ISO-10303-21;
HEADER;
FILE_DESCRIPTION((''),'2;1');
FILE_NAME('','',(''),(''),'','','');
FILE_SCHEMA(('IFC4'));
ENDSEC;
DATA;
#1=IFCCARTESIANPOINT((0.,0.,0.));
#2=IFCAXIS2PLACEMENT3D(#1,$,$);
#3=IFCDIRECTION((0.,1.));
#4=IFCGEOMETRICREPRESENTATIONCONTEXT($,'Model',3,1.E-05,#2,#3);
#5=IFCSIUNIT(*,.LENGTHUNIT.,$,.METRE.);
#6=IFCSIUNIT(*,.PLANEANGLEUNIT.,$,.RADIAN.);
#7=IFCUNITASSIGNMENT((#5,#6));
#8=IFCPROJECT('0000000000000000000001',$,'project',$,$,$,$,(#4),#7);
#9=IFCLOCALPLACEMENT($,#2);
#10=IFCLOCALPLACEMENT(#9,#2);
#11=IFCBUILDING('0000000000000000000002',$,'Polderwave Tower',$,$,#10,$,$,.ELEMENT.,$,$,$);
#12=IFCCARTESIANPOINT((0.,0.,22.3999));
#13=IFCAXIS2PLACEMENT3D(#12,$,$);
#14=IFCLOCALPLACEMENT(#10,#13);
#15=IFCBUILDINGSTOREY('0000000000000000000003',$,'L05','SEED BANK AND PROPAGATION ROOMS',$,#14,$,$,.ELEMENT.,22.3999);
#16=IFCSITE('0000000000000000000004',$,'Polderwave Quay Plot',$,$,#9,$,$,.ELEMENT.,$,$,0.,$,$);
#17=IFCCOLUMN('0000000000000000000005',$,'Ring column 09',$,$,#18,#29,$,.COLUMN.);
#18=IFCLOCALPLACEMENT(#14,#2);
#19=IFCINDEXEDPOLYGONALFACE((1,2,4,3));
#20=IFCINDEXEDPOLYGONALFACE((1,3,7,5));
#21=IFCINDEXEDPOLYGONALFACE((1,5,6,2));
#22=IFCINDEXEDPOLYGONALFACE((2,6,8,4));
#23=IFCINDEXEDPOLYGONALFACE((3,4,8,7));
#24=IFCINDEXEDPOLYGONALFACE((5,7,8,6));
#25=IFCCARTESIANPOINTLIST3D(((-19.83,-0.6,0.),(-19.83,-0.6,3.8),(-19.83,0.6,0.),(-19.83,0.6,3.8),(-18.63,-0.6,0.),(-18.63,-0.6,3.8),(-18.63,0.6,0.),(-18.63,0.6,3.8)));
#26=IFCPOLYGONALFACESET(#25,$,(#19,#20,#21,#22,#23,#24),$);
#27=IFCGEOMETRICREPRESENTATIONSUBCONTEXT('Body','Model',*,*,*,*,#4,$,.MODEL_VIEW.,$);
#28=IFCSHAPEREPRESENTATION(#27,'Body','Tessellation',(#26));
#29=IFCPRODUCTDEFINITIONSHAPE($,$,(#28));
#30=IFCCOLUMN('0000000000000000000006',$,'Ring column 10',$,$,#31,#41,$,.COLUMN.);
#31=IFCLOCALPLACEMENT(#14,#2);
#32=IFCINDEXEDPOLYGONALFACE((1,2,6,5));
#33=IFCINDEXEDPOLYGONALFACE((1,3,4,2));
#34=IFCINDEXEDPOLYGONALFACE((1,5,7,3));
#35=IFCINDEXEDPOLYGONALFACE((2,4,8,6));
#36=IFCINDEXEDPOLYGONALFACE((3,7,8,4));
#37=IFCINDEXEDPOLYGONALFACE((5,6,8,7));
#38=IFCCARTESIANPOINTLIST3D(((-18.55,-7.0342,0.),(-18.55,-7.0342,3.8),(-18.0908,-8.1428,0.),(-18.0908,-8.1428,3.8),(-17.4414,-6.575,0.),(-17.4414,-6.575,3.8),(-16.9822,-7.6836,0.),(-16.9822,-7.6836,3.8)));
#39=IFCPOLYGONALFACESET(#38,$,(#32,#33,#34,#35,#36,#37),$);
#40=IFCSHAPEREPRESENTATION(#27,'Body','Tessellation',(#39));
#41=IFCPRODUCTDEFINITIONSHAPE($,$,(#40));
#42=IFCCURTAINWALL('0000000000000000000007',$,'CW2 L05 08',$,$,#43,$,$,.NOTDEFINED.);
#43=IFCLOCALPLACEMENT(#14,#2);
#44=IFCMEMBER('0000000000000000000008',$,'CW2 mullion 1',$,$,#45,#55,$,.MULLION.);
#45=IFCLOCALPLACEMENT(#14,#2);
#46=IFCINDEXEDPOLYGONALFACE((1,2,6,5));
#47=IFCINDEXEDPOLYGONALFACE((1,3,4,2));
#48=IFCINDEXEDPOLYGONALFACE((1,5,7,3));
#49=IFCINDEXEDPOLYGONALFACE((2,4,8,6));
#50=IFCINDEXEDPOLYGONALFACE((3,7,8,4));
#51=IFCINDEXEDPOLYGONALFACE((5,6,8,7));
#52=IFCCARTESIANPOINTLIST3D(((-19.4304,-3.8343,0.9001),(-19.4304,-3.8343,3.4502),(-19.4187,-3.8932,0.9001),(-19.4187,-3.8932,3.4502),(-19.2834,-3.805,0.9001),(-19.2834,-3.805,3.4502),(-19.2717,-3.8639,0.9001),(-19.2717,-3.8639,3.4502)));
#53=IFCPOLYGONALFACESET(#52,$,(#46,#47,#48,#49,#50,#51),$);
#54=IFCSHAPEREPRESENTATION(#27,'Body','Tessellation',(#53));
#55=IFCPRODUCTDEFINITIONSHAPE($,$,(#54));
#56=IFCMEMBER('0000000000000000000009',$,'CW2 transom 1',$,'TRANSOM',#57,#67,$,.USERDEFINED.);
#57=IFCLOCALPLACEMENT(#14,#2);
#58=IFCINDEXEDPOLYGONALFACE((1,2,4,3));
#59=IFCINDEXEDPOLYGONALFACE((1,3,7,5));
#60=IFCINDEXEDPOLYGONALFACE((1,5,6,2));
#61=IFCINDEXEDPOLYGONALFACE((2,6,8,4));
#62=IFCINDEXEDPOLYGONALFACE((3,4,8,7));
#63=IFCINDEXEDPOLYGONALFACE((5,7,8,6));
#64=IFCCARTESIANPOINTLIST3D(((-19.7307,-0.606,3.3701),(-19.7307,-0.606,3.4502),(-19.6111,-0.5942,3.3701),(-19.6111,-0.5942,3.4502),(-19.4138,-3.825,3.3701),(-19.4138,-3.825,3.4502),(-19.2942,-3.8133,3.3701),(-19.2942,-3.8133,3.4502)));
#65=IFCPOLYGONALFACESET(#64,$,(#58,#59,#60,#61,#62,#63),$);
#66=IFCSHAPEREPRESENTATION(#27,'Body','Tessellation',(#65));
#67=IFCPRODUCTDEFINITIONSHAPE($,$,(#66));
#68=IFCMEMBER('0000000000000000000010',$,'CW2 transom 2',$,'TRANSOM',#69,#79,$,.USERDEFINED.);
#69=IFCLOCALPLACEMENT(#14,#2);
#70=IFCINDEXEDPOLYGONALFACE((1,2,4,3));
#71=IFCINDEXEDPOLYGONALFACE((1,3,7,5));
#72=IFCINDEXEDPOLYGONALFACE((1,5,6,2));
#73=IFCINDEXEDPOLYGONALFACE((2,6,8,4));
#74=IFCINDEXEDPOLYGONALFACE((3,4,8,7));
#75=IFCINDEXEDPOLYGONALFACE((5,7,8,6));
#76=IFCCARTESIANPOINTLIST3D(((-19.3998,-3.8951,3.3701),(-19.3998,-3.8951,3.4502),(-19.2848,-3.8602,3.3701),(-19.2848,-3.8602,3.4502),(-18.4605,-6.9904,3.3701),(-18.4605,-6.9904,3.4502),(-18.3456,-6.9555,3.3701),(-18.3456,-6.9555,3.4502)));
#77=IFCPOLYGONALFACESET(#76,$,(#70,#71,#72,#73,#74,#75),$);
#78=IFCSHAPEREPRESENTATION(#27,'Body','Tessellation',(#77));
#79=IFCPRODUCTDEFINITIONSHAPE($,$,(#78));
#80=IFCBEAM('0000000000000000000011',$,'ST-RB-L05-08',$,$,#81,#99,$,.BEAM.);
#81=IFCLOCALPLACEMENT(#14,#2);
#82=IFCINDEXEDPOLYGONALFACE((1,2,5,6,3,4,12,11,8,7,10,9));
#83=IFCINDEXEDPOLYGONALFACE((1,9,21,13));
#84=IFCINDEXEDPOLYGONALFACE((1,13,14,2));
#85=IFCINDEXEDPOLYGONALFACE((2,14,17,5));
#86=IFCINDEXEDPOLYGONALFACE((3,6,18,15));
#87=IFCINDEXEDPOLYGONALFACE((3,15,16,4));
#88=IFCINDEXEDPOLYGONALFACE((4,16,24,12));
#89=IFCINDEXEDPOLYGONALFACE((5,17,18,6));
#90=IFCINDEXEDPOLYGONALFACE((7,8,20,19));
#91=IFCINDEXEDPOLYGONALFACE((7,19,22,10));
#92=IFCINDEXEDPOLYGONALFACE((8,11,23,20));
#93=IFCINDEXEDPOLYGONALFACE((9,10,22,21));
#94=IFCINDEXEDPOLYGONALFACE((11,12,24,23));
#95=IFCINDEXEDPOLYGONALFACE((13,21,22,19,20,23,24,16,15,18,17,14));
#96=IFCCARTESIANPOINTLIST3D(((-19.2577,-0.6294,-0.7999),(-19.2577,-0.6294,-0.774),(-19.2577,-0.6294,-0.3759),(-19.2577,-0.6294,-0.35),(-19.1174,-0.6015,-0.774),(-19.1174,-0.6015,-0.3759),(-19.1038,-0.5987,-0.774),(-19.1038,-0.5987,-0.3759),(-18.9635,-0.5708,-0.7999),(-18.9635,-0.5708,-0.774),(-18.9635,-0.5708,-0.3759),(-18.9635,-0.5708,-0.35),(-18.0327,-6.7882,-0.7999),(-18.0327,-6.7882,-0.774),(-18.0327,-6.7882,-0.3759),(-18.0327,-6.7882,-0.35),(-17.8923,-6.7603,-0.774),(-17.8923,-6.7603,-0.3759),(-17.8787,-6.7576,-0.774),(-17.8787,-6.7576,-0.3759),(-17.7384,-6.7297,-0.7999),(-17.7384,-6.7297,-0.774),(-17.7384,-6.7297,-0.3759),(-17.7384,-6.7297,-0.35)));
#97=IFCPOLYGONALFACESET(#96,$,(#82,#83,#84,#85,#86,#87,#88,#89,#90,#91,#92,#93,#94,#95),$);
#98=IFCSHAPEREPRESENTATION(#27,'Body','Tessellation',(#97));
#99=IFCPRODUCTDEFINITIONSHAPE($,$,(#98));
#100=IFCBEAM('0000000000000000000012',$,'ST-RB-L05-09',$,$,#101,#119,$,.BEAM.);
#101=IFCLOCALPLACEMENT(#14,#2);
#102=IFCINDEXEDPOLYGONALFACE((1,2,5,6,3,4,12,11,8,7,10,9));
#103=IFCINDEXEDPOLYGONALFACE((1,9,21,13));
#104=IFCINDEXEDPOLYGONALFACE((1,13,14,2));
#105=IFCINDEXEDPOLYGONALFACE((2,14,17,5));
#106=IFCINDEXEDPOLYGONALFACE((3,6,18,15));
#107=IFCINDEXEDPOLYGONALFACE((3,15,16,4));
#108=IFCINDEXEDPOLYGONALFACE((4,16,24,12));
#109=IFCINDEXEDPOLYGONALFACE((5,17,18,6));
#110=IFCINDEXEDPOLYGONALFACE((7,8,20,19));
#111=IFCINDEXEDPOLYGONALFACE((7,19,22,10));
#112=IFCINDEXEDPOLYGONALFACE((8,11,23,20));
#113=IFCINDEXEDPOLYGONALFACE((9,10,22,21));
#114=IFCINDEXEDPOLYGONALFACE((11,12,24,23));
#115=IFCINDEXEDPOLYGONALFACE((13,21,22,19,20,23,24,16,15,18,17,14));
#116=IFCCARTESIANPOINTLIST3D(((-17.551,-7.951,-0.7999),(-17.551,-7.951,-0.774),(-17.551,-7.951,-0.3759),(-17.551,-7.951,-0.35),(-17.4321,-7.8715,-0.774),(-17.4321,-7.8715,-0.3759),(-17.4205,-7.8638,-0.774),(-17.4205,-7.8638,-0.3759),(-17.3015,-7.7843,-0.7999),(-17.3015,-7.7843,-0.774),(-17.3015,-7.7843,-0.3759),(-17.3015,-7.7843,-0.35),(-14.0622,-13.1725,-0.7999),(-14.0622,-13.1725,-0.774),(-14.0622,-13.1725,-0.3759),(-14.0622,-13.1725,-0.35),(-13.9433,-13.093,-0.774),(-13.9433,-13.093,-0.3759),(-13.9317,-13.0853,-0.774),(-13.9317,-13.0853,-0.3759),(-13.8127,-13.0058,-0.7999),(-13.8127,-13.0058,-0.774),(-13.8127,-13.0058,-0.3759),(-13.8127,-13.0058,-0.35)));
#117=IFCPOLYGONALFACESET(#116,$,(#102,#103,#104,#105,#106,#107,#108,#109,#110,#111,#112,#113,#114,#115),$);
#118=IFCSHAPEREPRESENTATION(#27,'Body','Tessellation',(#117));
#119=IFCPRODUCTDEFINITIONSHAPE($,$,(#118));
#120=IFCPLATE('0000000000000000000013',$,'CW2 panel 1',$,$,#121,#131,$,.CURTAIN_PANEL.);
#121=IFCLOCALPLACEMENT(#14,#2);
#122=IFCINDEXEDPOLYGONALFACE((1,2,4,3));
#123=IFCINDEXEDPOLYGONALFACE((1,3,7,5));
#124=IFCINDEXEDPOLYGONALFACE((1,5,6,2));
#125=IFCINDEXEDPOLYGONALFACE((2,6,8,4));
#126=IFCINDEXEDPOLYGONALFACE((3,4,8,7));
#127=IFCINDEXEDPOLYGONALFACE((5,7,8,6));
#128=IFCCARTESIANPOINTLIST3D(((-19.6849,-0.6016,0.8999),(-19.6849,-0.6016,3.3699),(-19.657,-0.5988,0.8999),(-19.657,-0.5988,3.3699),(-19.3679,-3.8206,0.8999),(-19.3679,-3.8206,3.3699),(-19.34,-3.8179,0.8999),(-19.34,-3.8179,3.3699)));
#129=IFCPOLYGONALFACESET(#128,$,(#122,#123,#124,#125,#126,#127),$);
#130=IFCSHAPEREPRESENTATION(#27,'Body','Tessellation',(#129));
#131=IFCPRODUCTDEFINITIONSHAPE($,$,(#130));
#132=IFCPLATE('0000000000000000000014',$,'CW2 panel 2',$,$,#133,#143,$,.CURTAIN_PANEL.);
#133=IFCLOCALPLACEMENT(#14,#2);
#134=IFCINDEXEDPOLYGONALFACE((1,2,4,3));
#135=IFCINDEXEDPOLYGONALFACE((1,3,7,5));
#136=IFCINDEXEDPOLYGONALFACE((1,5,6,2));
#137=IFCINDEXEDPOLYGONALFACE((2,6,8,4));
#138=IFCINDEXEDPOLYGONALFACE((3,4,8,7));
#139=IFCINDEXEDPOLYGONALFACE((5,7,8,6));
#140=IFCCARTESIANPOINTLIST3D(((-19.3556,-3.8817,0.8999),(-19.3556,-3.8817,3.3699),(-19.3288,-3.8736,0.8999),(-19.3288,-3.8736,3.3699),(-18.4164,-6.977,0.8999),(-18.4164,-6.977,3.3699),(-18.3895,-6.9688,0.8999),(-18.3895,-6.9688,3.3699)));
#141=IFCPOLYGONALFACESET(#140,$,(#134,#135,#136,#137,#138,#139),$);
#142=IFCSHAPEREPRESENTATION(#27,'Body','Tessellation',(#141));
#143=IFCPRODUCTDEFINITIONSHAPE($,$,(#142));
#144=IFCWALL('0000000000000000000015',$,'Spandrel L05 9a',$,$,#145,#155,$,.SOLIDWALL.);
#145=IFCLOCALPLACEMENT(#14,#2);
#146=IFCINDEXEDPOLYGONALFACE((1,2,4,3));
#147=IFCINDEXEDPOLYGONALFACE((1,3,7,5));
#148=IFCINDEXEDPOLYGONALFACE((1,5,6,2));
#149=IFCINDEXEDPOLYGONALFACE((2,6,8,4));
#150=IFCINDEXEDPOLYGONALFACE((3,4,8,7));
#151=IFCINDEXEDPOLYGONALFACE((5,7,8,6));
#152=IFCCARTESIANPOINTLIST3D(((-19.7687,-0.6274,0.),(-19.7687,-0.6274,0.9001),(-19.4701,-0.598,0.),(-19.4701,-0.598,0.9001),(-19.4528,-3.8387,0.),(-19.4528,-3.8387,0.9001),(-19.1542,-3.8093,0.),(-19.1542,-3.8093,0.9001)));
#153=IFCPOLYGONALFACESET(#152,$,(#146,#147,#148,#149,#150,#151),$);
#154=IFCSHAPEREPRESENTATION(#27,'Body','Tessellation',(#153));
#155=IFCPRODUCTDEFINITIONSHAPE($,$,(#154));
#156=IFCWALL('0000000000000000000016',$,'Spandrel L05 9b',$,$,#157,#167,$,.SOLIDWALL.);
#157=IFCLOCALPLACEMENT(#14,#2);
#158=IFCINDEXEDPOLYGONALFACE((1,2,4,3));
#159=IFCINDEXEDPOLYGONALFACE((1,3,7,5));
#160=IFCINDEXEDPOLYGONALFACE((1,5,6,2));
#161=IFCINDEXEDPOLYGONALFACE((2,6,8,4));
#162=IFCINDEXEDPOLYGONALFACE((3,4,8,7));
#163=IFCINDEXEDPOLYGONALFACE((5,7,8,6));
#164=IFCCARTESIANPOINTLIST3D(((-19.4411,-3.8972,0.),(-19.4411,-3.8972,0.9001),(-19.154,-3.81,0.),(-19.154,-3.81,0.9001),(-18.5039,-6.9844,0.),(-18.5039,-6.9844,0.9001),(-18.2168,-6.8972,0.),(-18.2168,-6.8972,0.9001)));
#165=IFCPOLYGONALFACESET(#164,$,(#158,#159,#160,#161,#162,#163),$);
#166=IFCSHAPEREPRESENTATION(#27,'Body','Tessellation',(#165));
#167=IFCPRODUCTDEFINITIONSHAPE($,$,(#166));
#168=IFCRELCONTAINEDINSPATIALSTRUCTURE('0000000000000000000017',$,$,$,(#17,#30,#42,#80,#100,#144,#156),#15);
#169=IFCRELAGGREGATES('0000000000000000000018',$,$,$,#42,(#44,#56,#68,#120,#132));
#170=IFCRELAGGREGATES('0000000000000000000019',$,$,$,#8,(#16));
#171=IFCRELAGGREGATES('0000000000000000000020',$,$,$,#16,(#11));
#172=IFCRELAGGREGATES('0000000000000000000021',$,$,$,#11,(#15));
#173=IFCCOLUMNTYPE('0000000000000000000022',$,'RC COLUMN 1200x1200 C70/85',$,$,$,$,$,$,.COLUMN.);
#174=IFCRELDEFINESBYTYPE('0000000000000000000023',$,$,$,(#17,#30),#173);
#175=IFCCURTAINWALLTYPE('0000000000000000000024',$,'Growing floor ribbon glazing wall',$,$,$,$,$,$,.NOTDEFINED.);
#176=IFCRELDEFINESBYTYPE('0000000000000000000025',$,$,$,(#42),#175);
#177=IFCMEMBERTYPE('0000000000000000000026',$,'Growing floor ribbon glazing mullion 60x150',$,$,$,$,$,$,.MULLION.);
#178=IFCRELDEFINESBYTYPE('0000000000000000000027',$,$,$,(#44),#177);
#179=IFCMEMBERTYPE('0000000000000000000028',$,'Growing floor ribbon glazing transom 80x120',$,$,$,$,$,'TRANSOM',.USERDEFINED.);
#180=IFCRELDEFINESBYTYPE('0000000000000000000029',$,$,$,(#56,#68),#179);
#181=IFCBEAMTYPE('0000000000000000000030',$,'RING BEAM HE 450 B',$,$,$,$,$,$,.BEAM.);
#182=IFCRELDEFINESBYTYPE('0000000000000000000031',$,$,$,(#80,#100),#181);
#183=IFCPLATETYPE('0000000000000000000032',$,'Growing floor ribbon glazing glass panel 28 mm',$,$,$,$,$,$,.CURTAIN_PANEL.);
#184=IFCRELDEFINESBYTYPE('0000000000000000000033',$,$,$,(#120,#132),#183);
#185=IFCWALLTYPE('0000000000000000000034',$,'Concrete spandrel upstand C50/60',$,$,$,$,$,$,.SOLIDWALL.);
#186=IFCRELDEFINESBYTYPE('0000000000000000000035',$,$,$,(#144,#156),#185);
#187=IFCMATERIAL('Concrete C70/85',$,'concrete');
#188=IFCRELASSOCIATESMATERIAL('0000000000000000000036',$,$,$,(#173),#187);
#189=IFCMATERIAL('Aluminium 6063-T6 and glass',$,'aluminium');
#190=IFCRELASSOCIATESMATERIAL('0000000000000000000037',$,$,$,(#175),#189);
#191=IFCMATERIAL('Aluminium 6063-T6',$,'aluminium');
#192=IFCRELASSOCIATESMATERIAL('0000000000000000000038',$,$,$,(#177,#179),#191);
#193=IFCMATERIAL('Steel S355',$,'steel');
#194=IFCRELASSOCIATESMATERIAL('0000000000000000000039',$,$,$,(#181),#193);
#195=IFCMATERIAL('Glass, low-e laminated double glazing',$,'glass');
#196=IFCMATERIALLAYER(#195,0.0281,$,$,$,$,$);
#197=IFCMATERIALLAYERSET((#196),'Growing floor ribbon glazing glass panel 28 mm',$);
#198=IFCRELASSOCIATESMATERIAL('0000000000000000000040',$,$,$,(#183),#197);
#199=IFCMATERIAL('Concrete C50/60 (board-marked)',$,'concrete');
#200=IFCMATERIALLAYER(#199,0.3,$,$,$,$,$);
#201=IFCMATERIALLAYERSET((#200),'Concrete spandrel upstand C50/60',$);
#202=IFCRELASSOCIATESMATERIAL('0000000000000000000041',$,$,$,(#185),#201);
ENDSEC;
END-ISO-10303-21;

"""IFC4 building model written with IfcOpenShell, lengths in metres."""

from ifc_helpers import new_model, si_unit, direction, frame, frame_2d, origin, origin_2d, place, context, subcontext, project, spatial, rectangle, i_section, extrude, material, layer, layer_set, material_profile, profile_set, type_object, element, aggregate, save


model = new_model("IFC4")

# Units and contexts
model_context = context("Model", 3, precision=1e-05, world=origin(), true_north=direction((0.0, 1.0)))
body_context = subcontext(model_context, "Body", "Model", "MODEL_VIEW")
ifc_project = project(units=[si_unit("LENGTHUNIT", "METRE"), si_unit("PLANEANGLEUNIT", "RADIAN")], contexts=[model_context])

# Site, building, storey
site_placement = place(None, origin())
site = spatial("IfcSite", under=ifc_project, at=site_placement, Name="Polderwave Quay Plot", CompositionType="ELEMENT", RefElevation=0.0)
building_placement = place(site_placement, origin())
building = spatial("IfcBuilding", under=site, at=building_placement, Name="Polderwave Tower", CompositionType="ELEMENT")
storey_placement = place(building_placement, frame((0.0, 0.0, 22.3999)))
storey = spatial("IfcBuildingStorey", under=building, at=storey_placement, Name="L05", Description="SEED BANK AND PROPAGATION ROOMS", CompositionType="ELEMENT", Elevation=22.3999)

# Columns
ifc_material_1 = material(Name="Concrete C70/85", Category="concrete")
ifc_material_profile_1 = material_profile(ifc_material_1, rectangle(XDim=1.2, YDim=1.2, at=origin_2d()), Name="RC 1200x1200")
ifc_profile_set_1 = profile_set([ifc_material_profile_1], Name="Concrete C70/85")
column_type = type_object("IfcColumnType", Name="RC COLUMN 1200x1200 C70/85", PredefinedType="COLUMN", material=ifc_profile_set_1)
for number, where, z_axis, x_axis, name in (
    (1, (-19.23, 0.0, 0.0), (0.0, 0.0, 1.0), (-1.0, 0.0, 0.0), "Ring column 09"),
    (2, (-17.7661, -7.3589, 0.0), (0.0, 0.0, 1.0), (-0.92388, -0.382683, 0.0), "Ring column 10"),
):
    element("IfcColumn", number, at=place(storey_placement, frame(where, z_axis=z_axis, x_axis=x_axis)), inside=storey, type_object=column_type, Name=name, PredefinedType="COLUMN", context=body_context, shape_type="SweptSolid", body=[
        extrude(rectangle(XDim=1.2, YDim=1.2, at=origin_2d()), origin(), (0.0, 0.0, 1.0), 3.8),
    ])

# Curtain wall, members
ifc_material_2 = material(Name="Aluminium 6063-T6 and glass", Category="aluminium")
curtain_wall_type = type_object("IfcCurtainWallType", Name="Growing floor ribbon glazing wall", PredefinedType="NOTDEFINED", material=ifc_material_2)
curtain_wall_placement = place(storey_placement, origin())
curtain_wall = element("IfcCurtainWall", 3, at=curtain_wall_placement, inside=storey, type_object=curtain_wall_type, Name="CW2 L05 08", PredefinedType="NOTDEFINED")
ifc_material_3 = material(Name="Aluminium 6063-T6", Category="aluminium")
ifc_material_profile_2 = material_profile(ifc_material_3, rectangle(XDim=0.1499, YDim=0.0601, at=origin_2d()), Name="AL 60x150")
ifc_profile_set_2 = profile_set([ifc_material_profile_2], Name="Aluminium 6063-T6")
member_type_1 = type_object("IfcMemberType", Name="Growing floor ribbon glazing mullion 60x150", PredefinedType="MULLION", material=ifc_profile_set_2)
member_1_placement = place(storey_placement, frame((-19.3511, -3.8491, 0.9001), z_axis=(0.0, 0.0, 1.0), x_axis=(0.980775, 0.19514, 0.0)))
member_1 = element("IfcMember", 4, at=member_1_placement, type_object=member_type_1, Name="CW2 mullion 1", PredefinedType="MULLION", context=body_context, shape_type="SweptSolid", body=[
    extrude(rectangle(XDim=0.1499, YDim=0.0601, at=origin_2d()), origin(), (0.0, 0.0, 1.0), 2.55),
])
ifc_material_profile_3 = material_profile(ifc_material_3, rectangle(XDim=0.1201, YDim=0.0801, at=origin_2d()), Name="AL 80x120")
ifc_profile_set_3 = profile_set([ifc_material_profile_3], Name="Aluminium 6063-T6")
member_type_2 = type_object("IfcMemberType", Name="Growing floor ribbon glazing transom 80x120", ElementType="TRANSOM", PredefinedType="USERDEFINED", material=ifc_profile_set_3)
member_2_placement = place(storey_placement, frame((-19.6709, -0.6001, 3.4102), z_axis=(0.097972, -0.995189, 0.0), x_axis=(0.995189, 0.097972, 0.0)))
member_2 = element("IfcMember", 5, at=member_2_placement, type_object=member_type_2, Name="CW2 transom 1", ObjectType="TRANSOM", PredefinedType="USERDEFINED", context=body_context, shape_type="SweptSolid", body=[
    extrude(rectangle(XDim=0.1201, YDim=0.0801, at=origin_2d()), origin(), (0.0, 0.0, 1.0), 3.2346),
])
member_3_placement = place(storey_placement, frame((-19.3423, -3.8777, 3.4102), z_axis=(0.290366, -0.956916, 0.0), x_axis=(0.956916, 0.290366, 0.0)))
member_3 = element("IfcMember", 6, at=member_3_placement, type_object=member_type_2, Name="CW2 transom 2", ObjectType="TRANSOM", PredefinedType="USERDEFINED", context=body_context, shape_type="SweptSolid", body=[
    extrude(rectangle(XDim=0.1201, YDim=0.0801, at=origin_2d()), origin(), (0.0, 0.0, 1.0), 3.2346),
])

# Beams
ifc_material_4 = material(Name="Steel S355", Category="steel")
ifc_material_profile_4 = material_profile(ifc_material_4, i_section(OverallWidth=0.3, OverallDepth=0.45, WebThickness=0.0139, FlangeThickness=0.0259, at=origin_2d()), Name="HE 450 B")
ifc_profile_set_4 = profile_set([ifc_material_profile_4], Name="Steel S355")
beam_type = type_object("IfcBeamType", Name="RING BEAM HE 450 B", PredefinedType="BEAM", material=ifc_profile_set_4)
beam_1_placement = place(storey_placement, frame((-19.1106, -0.6001, -0.575), z_axis=(0.195092, -0.980785, 0.0), x_axis=(0.980785, 0.195092, 0.0)))
element("IfcBeam", 7, at=beam_1_placement, inside=storey, type_object=beam_type, Name="ST-RB-L05-08", PredefinedType="BEAM", context=body_context, shape_type="SweptSolid", body=[
    extrude(i_section(OverallWidth=0.3, OverallDepth=0.45, WebThickness=0.0139, FlangeThickness=0.0259, at=origin_2d()), origin(), (0.0, 0.0, 1.0), 6.2795),
])
beam_2_placement = place(storey_placement, frame((-17.4263, -7.8677, -0.575), z_axis=(0.555561, -0.831476, 0.0), x_axis=(0.831476, 0.555561, 0.0)))
element("IfcBeam", 8, at=beam_2_placement, inside=storey, type_object=beam_type, Name="ST-RB-L05-09", PredefinedType="BEAM", context=body_context, shape_type="SweptSolid", body=[
    extrude(i_section(OverallWidth=0.3, OverallDepth=0.45, WebThickness=0.0139, FlangeThickness=0.0259, at=origin_2d()), origin(), (0.0, 0.0, 1.0), 6.2798),
])

# Plates
ifc_material_5 = material(Name="Glass, low-e laminated double glazing", Category="glass")
ifc_layer_1 = layer(ifc_material_5, 0.0281)
ifc_layer_set_1 = layer_set([ifc_layer_1], Name="Growing floor ribbon glazing glass panel 28 mm")
plate_type = type_object("IfcPlateType", Name="Growing floor ribbon glazing glass panel 28 mm", PredefinedType="CURTAIN_PANEL", material=ifc_layer_set_1)
plate_1_placement = place(storey_placement, frame((-19.5125, -2.2097, 0.8999), z_axis=(0.0, 0.0, 1.0), x_axis=(0.098017, -0.995185, 0.0)))
plate_1 = element("IfcPlate", 9, at=plate_1_placement, type_object=plate_type, Name="CW2 panel 1", PredefinedType="CURTAIN_PANEL", context=body_context, shape_type="SweptSolid", body=[
    extrude(rectangle(XDim=3.2346, YDim=0.0281, at=origin_2d()), origin(), (0.0, 0.0, 1.0), 2.47),
])
plate_2_placement = place(storey_placement, frame((-18.8726, -5.4253, 0.8999), z_axis=(0.0, 0.0, 1.0), x_axis=(0.290382, -0.956911, 0.0)))
plate_2 = element("IfcPlate", 10, at=plate_2_placement, type_object=plate_type, Name="CW2 panel 2", PredefinedType="CURTAIN_PANEL", context=body_context, shape_type="SweptSolid", body=[
    extrude(rectangle(XDim=3.2346, YDim=0.0281, at=origin_2d()), origin(), (0.0, 0.0, 1.0), 2.47),
])
aggregate(curtain_wall, [member_1, member_2, member_3, plate_1, plate_2])

# Walls
ifc_material_6 = material(Name="Concrete C50/60 (board-marked)", Category="concrete")
ifc_layer_2 = layer(ifc_material_6, 0.3)
ifc_layer_set_2 = layer_set([ifc_layer_2], Name="Concrete spandrel upstand C50/60")
wall_type_1 = type_object("IfcWallType", Name="Concrete spandrel upstand C50/60", PredefinedType="SOLIDWALL", material=ifc_layer_set_2)
wall_1_placement = place(storey_placement, frame((-19.6194, -0.6128, 0.0), z_axis=(0.0, 0.0, 1.0), x_axis=(0.097901, -0.995196, 0.0)))
element("IfcWall", 11, at=wall_1_placement, inside=storey, type_object=wall_type_1, Name="Spandrel L05 9a", PredefinedType="SOLIDWALL", context=body_context, shape_type="SweptSolid", body=[
    extrude(rectangle(XDim=3.2268, YDim=0.3, at=frame_2d((1.6133, 0.0))), origin(), (0.0, 0.0, 1.0), 0.9001),
])
wall_2_placement = place(storey_placement, frame((-19.2976, -3.8535, 0.0), z_axis=(0.0, 0.0, 1.0), x_axis=(0.290505, -0.956873, 0.0)))
element("IfcWall", 12, at=wall_2_placement, inside=storey, type_object=wall_type_1, Name="Spandrel L05 9b", PredefinedType="SOLIDWALL", context=body_context, shape_type="SweptSolid", body=[
    extrude(rectangle(XDim=3.2263, YDim=0.3, at=frame_2d((1.6133, 0.0))), origin(), (0.0, 0.0, 1.0), 0.9001),
])

save(model, "model.ifc")
